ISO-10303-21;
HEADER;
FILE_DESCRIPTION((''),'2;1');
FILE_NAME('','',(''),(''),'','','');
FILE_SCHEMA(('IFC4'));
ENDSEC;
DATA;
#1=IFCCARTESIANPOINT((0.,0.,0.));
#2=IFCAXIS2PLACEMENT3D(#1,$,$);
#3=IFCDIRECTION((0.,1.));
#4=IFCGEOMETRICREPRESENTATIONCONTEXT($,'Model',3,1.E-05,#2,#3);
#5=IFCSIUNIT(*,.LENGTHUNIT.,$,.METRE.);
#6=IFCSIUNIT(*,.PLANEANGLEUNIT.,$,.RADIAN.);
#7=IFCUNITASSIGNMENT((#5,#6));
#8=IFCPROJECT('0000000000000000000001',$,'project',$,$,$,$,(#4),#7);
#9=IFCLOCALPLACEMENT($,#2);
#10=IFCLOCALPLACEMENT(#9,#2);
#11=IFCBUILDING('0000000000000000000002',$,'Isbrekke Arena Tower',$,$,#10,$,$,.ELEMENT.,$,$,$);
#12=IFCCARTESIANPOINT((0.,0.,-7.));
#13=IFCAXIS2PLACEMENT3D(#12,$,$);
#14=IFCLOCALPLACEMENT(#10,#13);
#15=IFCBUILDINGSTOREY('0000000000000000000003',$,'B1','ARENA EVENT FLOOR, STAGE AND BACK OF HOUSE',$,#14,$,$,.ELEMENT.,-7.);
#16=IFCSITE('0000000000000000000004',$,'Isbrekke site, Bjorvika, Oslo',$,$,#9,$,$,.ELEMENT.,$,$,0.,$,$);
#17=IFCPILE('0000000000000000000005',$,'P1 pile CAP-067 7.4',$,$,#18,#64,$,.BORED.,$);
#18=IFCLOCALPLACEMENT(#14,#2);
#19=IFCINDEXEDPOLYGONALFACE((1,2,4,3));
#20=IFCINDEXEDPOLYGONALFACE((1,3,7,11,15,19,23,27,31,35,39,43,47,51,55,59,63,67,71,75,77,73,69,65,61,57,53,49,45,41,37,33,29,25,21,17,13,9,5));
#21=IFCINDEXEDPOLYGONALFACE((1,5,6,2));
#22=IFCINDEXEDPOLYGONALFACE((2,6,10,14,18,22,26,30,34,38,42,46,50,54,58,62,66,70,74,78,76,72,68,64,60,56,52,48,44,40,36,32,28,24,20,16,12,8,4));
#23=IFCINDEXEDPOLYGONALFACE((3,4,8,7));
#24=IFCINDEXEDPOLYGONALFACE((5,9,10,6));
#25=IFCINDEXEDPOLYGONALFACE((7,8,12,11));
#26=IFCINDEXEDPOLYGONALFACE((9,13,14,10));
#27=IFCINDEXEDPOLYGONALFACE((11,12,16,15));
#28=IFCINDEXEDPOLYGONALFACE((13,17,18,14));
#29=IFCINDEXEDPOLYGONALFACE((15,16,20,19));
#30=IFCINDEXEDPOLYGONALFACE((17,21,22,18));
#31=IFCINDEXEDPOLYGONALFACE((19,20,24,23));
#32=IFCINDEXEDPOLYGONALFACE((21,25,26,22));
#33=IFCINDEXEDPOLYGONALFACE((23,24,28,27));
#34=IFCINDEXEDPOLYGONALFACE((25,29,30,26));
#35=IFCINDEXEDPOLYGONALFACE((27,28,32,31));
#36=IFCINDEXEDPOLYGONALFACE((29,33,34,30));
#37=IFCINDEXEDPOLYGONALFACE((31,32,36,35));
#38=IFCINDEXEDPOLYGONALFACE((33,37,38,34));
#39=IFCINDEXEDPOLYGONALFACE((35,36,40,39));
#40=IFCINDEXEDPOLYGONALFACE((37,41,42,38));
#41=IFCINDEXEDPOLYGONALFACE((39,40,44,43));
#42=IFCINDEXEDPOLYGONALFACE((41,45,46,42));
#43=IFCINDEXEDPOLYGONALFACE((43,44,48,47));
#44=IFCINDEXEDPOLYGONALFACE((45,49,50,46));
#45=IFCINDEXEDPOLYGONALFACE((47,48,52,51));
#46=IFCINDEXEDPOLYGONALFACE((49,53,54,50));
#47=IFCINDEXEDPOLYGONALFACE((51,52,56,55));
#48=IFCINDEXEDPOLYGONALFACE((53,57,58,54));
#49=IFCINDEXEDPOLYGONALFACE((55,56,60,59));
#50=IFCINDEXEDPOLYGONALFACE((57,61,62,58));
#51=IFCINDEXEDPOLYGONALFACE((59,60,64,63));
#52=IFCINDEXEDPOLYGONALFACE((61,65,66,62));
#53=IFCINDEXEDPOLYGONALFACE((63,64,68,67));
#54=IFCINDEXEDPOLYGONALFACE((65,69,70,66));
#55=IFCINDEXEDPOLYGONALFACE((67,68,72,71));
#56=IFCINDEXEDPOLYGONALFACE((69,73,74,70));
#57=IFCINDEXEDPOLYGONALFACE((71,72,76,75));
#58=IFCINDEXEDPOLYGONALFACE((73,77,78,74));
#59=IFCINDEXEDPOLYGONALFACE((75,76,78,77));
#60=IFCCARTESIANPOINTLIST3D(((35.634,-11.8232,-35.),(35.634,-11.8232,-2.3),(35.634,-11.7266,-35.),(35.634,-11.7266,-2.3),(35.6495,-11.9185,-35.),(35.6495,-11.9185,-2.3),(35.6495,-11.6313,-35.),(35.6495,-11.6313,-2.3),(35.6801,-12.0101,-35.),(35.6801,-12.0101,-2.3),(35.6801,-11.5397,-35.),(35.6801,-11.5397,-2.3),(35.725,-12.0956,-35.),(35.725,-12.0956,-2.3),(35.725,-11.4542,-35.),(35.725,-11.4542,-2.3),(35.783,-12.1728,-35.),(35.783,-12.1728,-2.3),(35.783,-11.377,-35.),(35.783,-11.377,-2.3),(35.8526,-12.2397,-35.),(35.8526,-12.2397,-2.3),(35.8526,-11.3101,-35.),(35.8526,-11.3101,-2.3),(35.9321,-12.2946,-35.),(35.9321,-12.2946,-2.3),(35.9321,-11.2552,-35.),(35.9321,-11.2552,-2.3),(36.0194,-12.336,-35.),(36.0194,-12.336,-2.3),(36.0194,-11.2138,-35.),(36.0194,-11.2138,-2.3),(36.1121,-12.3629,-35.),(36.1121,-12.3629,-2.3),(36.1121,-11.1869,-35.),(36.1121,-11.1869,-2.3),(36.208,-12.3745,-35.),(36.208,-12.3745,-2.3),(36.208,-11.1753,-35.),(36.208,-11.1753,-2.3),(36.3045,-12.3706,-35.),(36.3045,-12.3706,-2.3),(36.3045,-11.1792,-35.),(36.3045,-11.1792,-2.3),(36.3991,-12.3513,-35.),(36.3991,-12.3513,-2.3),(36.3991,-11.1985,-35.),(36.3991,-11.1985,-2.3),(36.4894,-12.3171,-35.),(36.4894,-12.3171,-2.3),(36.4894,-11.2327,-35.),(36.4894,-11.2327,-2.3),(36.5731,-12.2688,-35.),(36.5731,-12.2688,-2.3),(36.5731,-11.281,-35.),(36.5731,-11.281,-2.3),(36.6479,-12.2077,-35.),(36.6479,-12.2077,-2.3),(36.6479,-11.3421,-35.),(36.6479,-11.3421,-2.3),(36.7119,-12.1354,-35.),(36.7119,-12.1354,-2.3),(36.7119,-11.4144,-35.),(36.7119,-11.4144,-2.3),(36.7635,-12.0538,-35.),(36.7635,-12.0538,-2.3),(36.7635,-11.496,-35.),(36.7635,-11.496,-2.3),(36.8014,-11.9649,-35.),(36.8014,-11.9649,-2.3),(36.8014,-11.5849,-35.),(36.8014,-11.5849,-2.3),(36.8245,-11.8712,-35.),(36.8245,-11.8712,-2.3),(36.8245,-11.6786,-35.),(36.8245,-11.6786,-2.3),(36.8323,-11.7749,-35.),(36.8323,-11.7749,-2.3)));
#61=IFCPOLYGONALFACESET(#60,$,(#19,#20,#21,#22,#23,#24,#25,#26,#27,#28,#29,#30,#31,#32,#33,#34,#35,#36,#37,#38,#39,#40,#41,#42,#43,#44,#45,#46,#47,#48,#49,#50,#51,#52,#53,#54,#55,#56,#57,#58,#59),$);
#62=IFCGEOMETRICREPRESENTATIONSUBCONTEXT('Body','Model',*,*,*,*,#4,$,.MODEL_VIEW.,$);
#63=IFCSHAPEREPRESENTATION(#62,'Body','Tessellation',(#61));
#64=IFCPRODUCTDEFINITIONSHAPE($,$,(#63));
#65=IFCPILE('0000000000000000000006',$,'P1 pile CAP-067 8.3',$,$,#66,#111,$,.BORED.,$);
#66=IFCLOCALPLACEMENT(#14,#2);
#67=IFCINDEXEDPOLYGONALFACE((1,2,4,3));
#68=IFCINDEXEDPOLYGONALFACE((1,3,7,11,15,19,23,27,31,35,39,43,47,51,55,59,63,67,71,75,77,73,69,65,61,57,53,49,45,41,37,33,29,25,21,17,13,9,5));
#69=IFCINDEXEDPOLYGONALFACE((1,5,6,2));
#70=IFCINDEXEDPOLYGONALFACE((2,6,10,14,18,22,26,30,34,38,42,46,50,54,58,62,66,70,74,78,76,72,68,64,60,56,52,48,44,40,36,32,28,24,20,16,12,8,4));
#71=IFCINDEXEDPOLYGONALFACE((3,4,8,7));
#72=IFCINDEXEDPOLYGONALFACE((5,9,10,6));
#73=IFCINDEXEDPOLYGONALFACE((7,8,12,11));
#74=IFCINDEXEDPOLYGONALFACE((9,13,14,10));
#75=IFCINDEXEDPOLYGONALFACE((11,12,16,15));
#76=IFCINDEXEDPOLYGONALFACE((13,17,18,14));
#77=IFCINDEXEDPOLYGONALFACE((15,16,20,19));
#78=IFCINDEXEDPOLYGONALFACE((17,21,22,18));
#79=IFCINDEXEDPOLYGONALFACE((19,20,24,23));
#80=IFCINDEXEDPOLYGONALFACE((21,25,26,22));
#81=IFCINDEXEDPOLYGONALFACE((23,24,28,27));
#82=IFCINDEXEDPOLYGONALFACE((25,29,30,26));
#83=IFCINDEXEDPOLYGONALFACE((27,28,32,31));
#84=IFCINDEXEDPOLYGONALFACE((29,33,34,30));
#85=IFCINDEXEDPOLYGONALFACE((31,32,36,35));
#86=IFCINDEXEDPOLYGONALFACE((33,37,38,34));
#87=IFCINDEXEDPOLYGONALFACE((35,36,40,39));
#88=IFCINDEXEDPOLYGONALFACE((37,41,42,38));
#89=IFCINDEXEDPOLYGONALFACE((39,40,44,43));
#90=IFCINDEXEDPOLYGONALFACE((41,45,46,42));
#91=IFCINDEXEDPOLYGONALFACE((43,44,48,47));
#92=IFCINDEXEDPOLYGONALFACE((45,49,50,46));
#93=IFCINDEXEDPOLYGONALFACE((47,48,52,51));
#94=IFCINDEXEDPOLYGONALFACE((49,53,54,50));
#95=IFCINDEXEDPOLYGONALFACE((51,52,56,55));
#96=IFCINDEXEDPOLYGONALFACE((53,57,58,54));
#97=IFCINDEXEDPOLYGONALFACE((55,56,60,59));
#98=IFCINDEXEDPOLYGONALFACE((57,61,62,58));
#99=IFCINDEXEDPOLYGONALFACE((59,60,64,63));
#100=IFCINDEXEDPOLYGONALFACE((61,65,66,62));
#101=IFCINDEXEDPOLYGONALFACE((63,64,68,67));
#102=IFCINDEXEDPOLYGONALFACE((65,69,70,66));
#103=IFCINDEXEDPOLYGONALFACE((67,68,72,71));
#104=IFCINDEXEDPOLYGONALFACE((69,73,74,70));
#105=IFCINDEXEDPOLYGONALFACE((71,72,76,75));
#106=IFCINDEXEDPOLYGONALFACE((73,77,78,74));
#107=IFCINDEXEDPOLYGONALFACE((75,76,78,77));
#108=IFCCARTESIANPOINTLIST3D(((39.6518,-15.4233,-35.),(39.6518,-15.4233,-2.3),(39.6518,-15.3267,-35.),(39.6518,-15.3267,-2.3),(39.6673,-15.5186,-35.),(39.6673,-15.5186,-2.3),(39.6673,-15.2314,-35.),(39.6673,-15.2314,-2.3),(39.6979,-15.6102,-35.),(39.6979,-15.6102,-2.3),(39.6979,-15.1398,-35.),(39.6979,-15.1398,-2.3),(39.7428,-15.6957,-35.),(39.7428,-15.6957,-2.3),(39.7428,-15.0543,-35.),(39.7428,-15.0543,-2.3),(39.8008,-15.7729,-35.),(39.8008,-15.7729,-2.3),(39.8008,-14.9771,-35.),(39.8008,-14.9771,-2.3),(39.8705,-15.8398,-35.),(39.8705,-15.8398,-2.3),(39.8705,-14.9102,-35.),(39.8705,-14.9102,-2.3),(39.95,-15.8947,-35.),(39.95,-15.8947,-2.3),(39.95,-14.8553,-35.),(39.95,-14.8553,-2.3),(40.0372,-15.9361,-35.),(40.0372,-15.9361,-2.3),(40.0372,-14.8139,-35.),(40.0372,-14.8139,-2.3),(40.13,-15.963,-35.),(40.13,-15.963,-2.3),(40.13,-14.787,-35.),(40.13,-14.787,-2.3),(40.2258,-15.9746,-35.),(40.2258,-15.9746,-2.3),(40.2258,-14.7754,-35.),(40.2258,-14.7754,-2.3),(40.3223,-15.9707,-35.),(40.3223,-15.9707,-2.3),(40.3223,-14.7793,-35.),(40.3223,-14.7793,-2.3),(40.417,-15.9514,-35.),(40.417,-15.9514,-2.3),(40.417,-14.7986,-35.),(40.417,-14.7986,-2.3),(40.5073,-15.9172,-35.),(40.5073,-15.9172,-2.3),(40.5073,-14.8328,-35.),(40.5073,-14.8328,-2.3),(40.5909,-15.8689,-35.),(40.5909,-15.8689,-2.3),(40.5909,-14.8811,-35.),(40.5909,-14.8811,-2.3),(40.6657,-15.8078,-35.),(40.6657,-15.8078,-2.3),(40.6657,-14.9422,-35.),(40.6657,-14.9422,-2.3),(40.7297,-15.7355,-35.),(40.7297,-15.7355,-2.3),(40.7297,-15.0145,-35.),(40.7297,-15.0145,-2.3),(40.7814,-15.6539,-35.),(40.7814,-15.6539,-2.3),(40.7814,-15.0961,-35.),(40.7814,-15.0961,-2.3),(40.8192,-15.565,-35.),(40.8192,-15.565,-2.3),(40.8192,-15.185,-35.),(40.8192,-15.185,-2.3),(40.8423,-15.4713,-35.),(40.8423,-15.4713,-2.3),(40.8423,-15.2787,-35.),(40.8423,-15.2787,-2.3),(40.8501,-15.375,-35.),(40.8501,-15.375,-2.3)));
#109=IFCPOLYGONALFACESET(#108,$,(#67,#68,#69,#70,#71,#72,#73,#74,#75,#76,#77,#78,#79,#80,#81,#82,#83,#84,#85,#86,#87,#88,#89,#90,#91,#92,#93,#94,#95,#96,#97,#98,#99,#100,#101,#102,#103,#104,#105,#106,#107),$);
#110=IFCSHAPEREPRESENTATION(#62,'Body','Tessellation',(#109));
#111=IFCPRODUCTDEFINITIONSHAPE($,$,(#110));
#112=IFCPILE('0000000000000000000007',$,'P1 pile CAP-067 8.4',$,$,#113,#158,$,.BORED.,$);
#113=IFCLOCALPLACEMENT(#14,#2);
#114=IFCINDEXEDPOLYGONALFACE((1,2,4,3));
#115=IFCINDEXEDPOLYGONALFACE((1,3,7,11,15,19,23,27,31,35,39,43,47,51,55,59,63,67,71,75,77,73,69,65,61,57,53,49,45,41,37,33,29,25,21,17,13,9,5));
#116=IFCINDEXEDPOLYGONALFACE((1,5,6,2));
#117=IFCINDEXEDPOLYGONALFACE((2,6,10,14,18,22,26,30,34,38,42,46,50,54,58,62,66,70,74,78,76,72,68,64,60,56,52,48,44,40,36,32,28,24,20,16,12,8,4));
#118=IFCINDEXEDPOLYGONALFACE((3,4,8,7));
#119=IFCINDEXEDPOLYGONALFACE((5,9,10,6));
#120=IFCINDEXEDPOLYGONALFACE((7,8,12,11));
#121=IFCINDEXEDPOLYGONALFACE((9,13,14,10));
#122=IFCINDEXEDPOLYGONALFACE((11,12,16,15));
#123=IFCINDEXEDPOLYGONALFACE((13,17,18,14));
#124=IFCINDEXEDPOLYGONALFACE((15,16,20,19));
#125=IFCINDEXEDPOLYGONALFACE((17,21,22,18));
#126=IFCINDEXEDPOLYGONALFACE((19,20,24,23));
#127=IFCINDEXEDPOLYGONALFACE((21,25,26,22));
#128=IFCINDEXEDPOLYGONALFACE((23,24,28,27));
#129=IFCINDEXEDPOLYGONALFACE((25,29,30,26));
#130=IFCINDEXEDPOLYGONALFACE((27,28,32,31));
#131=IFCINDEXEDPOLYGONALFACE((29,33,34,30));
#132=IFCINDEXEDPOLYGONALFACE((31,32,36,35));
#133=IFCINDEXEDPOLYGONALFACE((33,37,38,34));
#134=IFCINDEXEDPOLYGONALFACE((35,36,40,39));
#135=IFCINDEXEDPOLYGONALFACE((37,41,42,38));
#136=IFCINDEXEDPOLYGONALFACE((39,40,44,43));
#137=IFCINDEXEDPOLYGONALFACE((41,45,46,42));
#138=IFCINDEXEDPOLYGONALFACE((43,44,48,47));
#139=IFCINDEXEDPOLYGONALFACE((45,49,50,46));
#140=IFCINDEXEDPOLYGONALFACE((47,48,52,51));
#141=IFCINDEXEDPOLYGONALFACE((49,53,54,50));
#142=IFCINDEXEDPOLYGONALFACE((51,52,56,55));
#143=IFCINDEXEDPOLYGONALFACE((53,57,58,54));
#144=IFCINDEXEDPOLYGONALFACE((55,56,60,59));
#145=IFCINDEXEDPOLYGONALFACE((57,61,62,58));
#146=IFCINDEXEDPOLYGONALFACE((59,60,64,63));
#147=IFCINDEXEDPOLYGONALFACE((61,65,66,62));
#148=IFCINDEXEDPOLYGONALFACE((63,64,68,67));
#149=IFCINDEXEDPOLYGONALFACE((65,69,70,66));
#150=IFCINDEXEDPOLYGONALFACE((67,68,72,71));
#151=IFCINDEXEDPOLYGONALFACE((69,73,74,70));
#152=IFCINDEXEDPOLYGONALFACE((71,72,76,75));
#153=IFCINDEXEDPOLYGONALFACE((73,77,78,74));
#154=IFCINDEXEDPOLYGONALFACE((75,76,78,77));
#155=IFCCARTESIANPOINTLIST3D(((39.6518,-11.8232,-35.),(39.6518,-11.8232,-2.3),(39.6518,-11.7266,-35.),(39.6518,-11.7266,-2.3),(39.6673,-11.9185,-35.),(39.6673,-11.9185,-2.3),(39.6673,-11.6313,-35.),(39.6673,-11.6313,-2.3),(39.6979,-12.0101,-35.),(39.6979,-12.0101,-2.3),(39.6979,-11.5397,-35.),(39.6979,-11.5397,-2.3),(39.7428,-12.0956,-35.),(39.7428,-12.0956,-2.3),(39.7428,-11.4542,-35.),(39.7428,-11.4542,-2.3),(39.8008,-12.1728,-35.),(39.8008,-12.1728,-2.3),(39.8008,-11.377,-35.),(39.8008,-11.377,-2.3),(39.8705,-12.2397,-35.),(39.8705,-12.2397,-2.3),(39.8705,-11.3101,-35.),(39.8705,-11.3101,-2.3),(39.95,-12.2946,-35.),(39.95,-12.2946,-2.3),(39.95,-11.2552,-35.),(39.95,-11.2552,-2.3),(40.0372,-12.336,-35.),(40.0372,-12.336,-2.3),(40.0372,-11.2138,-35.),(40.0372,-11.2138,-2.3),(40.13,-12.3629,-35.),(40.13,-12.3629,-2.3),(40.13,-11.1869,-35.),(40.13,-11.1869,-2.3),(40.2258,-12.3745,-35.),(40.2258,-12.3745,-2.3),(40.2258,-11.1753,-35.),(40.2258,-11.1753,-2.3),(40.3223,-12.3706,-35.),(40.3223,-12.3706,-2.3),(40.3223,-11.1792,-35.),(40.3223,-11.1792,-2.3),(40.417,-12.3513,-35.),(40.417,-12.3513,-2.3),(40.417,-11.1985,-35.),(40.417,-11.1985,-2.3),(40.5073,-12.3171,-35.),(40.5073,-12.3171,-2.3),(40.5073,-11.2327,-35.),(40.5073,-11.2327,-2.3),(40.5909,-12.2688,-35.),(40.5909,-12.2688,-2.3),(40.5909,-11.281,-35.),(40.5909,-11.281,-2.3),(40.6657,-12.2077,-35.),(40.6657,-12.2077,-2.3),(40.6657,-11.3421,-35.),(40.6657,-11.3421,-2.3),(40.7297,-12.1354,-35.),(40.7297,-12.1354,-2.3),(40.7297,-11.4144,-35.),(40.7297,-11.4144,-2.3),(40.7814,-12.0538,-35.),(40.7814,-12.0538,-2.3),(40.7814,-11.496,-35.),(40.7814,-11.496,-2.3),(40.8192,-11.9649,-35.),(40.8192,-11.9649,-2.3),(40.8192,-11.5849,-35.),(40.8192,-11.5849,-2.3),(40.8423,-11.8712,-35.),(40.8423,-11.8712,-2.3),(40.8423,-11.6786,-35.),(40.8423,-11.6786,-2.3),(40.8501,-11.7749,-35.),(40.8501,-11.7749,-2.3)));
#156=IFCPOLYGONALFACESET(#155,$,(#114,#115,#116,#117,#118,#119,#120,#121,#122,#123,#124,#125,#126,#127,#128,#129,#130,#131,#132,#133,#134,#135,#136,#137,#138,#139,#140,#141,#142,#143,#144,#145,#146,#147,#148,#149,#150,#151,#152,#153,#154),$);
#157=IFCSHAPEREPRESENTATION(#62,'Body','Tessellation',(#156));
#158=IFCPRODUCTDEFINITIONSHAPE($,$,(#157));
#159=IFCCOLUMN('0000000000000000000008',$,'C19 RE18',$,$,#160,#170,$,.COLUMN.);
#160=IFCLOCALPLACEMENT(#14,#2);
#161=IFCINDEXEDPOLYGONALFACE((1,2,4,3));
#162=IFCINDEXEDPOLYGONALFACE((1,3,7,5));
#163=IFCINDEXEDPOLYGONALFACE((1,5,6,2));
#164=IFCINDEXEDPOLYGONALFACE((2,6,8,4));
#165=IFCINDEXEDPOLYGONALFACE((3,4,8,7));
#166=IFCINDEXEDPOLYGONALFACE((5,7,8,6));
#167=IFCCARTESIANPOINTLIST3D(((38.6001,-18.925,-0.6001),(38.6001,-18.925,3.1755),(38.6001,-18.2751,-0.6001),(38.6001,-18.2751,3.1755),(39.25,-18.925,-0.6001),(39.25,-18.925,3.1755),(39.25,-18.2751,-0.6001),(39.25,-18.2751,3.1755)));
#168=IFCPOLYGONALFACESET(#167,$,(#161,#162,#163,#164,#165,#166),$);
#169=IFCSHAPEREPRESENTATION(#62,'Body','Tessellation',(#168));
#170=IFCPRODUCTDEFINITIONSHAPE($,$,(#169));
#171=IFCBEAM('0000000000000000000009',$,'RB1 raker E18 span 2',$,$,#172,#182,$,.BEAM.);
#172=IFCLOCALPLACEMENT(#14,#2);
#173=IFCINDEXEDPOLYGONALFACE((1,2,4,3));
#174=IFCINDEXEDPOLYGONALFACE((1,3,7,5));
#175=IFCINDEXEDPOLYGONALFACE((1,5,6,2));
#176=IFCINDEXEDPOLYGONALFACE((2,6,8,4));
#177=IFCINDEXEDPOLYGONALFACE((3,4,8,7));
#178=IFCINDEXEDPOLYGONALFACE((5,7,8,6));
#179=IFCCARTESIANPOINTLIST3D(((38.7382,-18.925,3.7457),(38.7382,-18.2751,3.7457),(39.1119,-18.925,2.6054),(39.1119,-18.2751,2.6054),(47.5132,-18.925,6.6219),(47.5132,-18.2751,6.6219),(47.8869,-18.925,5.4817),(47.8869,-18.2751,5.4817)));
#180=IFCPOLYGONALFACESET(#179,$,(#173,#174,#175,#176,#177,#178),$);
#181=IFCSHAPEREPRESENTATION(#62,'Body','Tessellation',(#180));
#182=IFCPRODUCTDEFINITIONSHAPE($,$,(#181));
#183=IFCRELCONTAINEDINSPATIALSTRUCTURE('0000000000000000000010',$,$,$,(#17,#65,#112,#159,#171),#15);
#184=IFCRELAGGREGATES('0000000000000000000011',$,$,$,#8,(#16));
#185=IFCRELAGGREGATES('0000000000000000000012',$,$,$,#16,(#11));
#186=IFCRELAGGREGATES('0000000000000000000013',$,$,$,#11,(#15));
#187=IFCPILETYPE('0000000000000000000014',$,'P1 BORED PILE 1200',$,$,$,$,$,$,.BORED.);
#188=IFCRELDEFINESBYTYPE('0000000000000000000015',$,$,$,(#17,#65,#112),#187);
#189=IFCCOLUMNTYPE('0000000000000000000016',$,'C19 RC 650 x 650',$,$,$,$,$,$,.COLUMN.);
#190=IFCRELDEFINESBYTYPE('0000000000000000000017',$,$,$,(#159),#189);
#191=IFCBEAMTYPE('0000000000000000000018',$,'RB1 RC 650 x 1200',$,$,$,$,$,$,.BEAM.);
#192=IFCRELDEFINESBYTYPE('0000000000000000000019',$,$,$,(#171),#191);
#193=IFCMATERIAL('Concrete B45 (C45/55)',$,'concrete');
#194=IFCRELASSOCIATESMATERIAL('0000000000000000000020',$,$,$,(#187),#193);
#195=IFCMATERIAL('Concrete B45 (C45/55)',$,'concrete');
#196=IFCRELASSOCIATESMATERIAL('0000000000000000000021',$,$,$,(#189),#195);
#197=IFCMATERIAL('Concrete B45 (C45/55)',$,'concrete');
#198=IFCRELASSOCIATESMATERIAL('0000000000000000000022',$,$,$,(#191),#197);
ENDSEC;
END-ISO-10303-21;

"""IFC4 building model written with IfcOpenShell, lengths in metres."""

from ifc_helpers import new_model, si_unit, direction, frame, origin, origin_2d, place, context, subcontext, project, spatial, rectangle, circle, extrude, material, material_profile, profile_set, type_object, element, save


model = new_model("IFC4")

# Units and contexts
model_context = context("Model", 3, precision=1e-05, world=origin(), true_north=direction((0.0, 1.0)))
body_context = subcontext(model_context, "Body", "Model", "MODEL_VIEW")
ifc_project = project(units=[si_unit("LENGTHUNIT", "METRE"), si_unit("PLANEANGLEUNIT", "RADIAN")], contexts=[model_context])

# Site, building, storey
site_placement = place(None, origin())
site = spatial("IfcSite", under=ifc_project, at=site_placement, Name="Isbrekke site, Bjorvika, Oslo", CompositionType="ELEMENT", RefElevation=0.0)
building_placement = place(site_placement, origin())
building = spatial("IfcBuilding", under=site, at=building_placement, Name="Isbrekke Arena Tower", CompositionType="ELEMENT")
storey_placement = place(building_placement, frame((0.0, 0.0, -7.0)))
storey = spatial("IfcBuildingStorey", under=building, at=storey_placement, Name="B1", Description="ARENA EVENT FLOOR, STAGE AND BACK OF HOUSE", CompositionType="ELEMENT", Elevation=-7.0)

# Piles
ifc_material_1 = material(Name="Concrete B45 (C45/55)", Category="concrete")
ifc_material_profile_1 = material_profile(ifc_material_1, circle(Radius=0.6001, at=origin_2d()), Name="BORED PILE D1200")
ifc_profile_set_1 = profile_set([ifc_material_profile_1], Name="Concrete B45 (C45/55)")
pile_type = type_object("IfcPileType", Name="P1 BORED PILE 1200", PredefinedType="BORED", material=ifc_profile_set_1)
for number, where, z_axis, x_axis, name in (
    (1, (36.2322, -11.7749, -2.3), (0.0, 0.0, -1.0), (1.0, 0.0, 0.0), "P1 pile CAP-067 7.4"),
    (2, (40.25, -15.375, -2.3), (0.0, 0.0, -1.0), (1.0, 0.0, 0.0), "P1 pile CAP-067 8.3"),
    (3, (40.25, -11.7749, -2.3), (0.0, 0.0, -1.0), (1.0, 0.0, 0.0), "P1 pile CAP-067 8.4"),
):
    element("IfcPile", number, at=place(storey_placement, frame(where, z_axis=z_axis, x_axis=x_axis)), inside=storey, type_object=pile_type, Name=name, PredefinedType="BORED", context=body_context, shape_type="SweptSolid", body=[
        extrude(circle(Radius=0.6001, at=origin_2d()), origin(), (0.0, 0.0, 1.0), 32.7),
    ])

# Column
ifc_material_2 = material(Name="Concrete B45 (C45/55)", Category="concrete")
ifc_material_profile_2 = material_profile(ifc_material_2, rectangle(XDim=0.6499, YDim=0.6499, at=origin_2d()), Name="RC 650x650")
ifc_profile_set_2 = profile_set([ifc_material_profile_2], Name="Concrete B45 (C45/55)")
column_type = type_object("IfcColumnType", Name="C19 RC 650 x 650", PredefinedType="COLUMN", material=ifc_profile_set_2)
column_placement = place(storey_placement, frame((38.925, -18.6001, -0.6001), z_axis=(0.0, 0.0, 1.0), x_axis=(1.0, 0.0, 0.0)))
element("IfcColumn", 4, at=column_placement, inside=storey, type_object=column_type, Name="C19 RE18", PredefinedType="COLUMN", context=body_context, shape_type="SweptSolid", body=[
    extrude(rectangle(XDim=0.6499, YDim=0.6499, at=origin_2d()), origin(), (0.0, 0.0, 1.0), 3.7756),
])

# Beam
ifc_material_3 = material(Name="Concrete B45 (C45/55)", Category="concrete")
ifc_material_profile_3 = material_profile(ifc_material_3, rectangle(XDim=0.6499, YDim=1.2, at=origin_2d()), Name="RC 650x1200")
ifc_profile_set_3 = profile_set([ifc_material_profile_3], Name="Concrete B45 (C45/55)")
beam_type = type_object("IfcBeamType", Name="RB1 RC 650 x 1200", PredefinedType="BEAM", material=ifc_profile_set_3)
beam_placement = place(storey_placement, frame((38.925, -18.6001, 3.1755), z_axis=(0.950255, 0.0, 0.311473), x_axis=(0.0, 1.0, 0.0)))
element("IfcBeam", 5, at=beam_placement, inside=storey, type_object=beam_type, Name="RB1 raker E18 span 2", PredefinedType="BEAM", context=body_context, shape_type="SweptSolid", body=[
    extrude(rectangle(XDim=0.6499, YDim=1.2, at=origin_2d()), origin(), (0.0, 0.0, 1.0), 9.2344),
])

save(model, "model.ifc")
